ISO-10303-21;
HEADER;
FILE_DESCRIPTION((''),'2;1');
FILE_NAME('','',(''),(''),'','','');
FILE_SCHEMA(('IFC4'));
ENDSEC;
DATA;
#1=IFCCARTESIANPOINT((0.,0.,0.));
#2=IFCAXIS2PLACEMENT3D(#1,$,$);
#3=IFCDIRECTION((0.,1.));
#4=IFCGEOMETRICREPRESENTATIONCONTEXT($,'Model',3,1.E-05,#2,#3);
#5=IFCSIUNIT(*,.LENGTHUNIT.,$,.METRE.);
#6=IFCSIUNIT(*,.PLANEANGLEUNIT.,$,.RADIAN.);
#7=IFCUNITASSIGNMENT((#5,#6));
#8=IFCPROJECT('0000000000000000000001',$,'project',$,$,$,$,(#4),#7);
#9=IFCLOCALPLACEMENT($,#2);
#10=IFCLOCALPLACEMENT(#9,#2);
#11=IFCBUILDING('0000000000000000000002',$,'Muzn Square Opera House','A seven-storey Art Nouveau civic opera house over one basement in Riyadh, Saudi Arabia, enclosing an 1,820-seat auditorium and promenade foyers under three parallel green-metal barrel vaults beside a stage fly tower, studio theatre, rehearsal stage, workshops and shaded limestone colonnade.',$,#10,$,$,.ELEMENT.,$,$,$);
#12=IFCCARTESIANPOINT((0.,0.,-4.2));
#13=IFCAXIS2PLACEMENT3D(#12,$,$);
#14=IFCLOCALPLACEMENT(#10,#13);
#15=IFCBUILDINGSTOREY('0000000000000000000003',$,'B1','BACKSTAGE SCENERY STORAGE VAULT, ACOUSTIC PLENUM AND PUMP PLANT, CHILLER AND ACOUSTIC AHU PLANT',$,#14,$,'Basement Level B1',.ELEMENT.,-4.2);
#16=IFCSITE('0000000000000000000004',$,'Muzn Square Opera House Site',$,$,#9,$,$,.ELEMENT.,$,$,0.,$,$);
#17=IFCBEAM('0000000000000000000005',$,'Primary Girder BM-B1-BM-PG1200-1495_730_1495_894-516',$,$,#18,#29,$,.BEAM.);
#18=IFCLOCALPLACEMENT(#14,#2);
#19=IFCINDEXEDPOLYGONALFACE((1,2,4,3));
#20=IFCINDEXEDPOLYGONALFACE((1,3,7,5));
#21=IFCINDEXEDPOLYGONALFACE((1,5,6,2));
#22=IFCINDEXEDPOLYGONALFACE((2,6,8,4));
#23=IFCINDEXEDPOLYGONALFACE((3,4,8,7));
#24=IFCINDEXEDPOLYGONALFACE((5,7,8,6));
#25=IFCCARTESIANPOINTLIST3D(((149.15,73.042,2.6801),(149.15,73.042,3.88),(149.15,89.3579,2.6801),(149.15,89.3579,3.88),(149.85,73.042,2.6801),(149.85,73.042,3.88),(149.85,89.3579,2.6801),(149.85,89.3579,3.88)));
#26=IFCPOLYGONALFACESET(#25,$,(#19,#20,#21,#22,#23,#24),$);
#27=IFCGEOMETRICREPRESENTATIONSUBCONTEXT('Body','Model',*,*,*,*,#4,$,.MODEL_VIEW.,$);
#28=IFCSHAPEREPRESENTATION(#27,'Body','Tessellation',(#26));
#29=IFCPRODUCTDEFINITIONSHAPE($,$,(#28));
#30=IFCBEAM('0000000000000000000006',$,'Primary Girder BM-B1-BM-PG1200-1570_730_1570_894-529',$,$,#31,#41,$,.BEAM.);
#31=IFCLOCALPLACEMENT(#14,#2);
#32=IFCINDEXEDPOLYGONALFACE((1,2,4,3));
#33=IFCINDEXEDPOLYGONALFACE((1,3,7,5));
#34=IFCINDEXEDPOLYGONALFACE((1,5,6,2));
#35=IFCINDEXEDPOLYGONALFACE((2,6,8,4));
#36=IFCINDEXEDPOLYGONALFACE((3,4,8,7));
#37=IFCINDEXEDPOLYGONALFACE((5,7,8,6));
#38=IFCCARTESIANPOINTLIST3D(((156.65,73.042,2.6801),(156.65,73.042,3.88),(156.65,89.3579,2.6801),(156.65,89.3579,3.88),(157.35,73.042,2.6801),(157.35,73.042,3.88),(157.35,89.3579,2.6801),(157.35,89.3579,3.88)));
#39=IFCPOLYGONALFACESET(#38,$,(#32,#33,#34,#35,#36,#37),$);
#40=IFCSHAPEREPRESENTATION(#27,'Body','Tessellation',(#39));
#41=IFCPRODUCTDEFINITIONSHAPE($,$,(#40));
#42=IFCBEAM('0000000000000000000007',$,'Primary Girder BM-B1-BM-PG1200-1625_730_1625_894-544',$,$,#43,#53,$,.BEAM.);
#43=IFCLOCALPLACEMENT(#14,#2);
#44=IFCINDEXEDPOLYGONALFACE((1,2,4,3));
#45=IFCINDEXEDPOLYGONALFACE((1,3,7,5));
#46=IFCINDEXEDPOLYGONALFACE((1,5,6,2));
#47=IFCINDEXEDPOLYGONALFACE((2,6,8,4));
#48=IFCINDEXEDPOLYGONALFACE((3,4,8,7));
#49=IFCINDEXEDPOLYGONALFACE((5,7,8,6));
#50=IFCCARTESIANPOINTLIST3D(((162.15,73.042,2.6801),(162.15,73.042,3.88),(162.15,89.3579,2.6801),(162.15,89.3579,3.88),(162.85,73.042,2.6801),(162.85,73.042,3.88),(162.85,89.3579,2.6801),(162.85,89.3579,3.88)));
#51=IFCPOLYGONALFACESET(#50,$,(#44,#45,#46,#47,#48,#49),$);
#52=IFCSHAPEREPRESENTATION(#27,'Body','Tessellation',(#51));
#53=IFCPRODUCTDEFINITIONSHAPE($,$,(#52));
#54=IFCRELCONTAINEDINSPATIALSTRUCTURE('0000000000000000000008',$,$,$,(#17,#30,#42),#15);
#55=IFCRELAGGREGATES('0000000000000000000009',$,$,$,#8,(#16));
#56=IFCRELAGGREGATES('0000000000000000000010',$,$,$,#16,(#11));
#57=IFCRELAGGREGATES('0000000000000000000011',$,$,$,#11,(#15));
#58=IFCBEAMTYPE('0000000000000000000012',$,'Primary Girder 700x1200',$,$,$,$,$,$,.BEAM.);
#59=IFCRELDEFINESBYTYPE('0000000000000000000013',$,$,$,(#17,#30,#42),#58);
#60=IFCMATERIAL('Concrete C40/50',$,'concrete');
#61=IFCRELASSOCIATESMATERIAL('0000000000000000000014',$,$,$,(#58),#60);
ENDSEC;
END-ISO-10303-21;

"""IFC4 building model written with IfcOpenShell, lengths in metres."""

from ifc_helpers import new_model, si_unit, direction, frame, origin, origin_2d, place, context, subcontext, project, spatial, rectangle, extrude, material, material_profile, profile_set, type_object, element, save


model = new_model("IFC4")

# Units and contexts
model_context = context("Model", 3, precision=1e-05, world=origin(), true_north=direction((0.0, 1.0)))
body_context = subcontext(model_context, "Body", "Model", "MODEL_VIEW")
ifc_project = project(units=[si_unit("LENGTHUNIT", "METRE"), si_unit("PLANEANGLEUNIT", "RADIAN")], contexts=[model_context])

# Site, building, storey
site_placement = place(None, origin())
site = spatial("IfcSite", under=ifc_project, at=site_placement, Name="Muzn Square Opera House Site", CompositionType="ELEMENT", RefElevation=0.0)
building_placement = place(site_placement, origin())
building = spatial("IfcBuilding", under=site, at=building_placement, Name="Muzn Square Opera House", Description="A seven-storey Art Nouveau civic opera house over one basement in Riyadh, Saudi Arabia, enclosing an 1,820-seat auditorium and promenade foyers under three parallel green-metal barrel vaults beside a stage fly tower, studio theatre, rehearsal stage, workshops and shaded limestone colonnade.", CompositionType="ELEMENT")
storey_placement = place(building_placement, frame((0.0, 0.0, -4.2)))
storey = spatial("IfcBuildingStorey", under=building, at=storey_placement, Name="B1", Description="BACKSTAGE SCENERY STORAGE VAULT, ACOUSTIC PLENUM AND PUMP PLANT, CHILLER AND ACOUSTIC AHU PLANT", LongName="Basement Level B1", CompositionType="ELEMENT", Elevation=-4.2)

# Shared definitions
ifc_material = material(Name="Concrete C40/50", Category="concrete")

# Beams
ifc_material_profile_1 = material_profile(ifc_material, rectangle(XDim=0.7, YDim=1.2, at=origin_2d()), Name="RCB 700x1200", Category="concrete")
ifc_profile_set_1 = profile_set([ifc_material_profile_1], Name="Concrete C40/50")
beam_type_1 = type_object("IfcBeamType", Name="Primary Girder 700x1200", PredefinedType="BEAM", material=ifc_profile_set_1)
for number, where, z_axis, x_axis, name in (
    (1, (149.5, 73.042, 3.28), (0.0, 1.0, 0.0), (-1.0, 0.0, 0.0), "Primary Girder BM-B1-BM-PG1200-1495_730_1495_894-516"),
    (2, (157.0, 73.042, 3.28), (0.0, 1.0, 0.0), (-1.0, 0.0, 0.0), "Primary Girder BM-B1-BM-PG1200-1570_730_1570_894-529"),
    (3, (162.5, 73.042, 3.28), (0.0, 1.0, 0.0), (-1.0, 0.0, 0.0), "Primary Girder BM-B1-BM-PG1200-1625_730_1625_894-544"),
):
    element("IfcBeam", number, at=place(storey_placement, frame(where, z_axis=z_axis, x_axis=x_axis)), inside=storey, type_object=beam_type_1, Name=name, PredefinedType="BEAM", context=body_context, shape_type="SweptSolid", body=[
        extrude(rectangle(XDim=0.7, YDim=1.2, at=origin_2d()), origin(), (0.0, 0.0, 1.0), 16.3159),
    ])

save(model, "model.ifc")
